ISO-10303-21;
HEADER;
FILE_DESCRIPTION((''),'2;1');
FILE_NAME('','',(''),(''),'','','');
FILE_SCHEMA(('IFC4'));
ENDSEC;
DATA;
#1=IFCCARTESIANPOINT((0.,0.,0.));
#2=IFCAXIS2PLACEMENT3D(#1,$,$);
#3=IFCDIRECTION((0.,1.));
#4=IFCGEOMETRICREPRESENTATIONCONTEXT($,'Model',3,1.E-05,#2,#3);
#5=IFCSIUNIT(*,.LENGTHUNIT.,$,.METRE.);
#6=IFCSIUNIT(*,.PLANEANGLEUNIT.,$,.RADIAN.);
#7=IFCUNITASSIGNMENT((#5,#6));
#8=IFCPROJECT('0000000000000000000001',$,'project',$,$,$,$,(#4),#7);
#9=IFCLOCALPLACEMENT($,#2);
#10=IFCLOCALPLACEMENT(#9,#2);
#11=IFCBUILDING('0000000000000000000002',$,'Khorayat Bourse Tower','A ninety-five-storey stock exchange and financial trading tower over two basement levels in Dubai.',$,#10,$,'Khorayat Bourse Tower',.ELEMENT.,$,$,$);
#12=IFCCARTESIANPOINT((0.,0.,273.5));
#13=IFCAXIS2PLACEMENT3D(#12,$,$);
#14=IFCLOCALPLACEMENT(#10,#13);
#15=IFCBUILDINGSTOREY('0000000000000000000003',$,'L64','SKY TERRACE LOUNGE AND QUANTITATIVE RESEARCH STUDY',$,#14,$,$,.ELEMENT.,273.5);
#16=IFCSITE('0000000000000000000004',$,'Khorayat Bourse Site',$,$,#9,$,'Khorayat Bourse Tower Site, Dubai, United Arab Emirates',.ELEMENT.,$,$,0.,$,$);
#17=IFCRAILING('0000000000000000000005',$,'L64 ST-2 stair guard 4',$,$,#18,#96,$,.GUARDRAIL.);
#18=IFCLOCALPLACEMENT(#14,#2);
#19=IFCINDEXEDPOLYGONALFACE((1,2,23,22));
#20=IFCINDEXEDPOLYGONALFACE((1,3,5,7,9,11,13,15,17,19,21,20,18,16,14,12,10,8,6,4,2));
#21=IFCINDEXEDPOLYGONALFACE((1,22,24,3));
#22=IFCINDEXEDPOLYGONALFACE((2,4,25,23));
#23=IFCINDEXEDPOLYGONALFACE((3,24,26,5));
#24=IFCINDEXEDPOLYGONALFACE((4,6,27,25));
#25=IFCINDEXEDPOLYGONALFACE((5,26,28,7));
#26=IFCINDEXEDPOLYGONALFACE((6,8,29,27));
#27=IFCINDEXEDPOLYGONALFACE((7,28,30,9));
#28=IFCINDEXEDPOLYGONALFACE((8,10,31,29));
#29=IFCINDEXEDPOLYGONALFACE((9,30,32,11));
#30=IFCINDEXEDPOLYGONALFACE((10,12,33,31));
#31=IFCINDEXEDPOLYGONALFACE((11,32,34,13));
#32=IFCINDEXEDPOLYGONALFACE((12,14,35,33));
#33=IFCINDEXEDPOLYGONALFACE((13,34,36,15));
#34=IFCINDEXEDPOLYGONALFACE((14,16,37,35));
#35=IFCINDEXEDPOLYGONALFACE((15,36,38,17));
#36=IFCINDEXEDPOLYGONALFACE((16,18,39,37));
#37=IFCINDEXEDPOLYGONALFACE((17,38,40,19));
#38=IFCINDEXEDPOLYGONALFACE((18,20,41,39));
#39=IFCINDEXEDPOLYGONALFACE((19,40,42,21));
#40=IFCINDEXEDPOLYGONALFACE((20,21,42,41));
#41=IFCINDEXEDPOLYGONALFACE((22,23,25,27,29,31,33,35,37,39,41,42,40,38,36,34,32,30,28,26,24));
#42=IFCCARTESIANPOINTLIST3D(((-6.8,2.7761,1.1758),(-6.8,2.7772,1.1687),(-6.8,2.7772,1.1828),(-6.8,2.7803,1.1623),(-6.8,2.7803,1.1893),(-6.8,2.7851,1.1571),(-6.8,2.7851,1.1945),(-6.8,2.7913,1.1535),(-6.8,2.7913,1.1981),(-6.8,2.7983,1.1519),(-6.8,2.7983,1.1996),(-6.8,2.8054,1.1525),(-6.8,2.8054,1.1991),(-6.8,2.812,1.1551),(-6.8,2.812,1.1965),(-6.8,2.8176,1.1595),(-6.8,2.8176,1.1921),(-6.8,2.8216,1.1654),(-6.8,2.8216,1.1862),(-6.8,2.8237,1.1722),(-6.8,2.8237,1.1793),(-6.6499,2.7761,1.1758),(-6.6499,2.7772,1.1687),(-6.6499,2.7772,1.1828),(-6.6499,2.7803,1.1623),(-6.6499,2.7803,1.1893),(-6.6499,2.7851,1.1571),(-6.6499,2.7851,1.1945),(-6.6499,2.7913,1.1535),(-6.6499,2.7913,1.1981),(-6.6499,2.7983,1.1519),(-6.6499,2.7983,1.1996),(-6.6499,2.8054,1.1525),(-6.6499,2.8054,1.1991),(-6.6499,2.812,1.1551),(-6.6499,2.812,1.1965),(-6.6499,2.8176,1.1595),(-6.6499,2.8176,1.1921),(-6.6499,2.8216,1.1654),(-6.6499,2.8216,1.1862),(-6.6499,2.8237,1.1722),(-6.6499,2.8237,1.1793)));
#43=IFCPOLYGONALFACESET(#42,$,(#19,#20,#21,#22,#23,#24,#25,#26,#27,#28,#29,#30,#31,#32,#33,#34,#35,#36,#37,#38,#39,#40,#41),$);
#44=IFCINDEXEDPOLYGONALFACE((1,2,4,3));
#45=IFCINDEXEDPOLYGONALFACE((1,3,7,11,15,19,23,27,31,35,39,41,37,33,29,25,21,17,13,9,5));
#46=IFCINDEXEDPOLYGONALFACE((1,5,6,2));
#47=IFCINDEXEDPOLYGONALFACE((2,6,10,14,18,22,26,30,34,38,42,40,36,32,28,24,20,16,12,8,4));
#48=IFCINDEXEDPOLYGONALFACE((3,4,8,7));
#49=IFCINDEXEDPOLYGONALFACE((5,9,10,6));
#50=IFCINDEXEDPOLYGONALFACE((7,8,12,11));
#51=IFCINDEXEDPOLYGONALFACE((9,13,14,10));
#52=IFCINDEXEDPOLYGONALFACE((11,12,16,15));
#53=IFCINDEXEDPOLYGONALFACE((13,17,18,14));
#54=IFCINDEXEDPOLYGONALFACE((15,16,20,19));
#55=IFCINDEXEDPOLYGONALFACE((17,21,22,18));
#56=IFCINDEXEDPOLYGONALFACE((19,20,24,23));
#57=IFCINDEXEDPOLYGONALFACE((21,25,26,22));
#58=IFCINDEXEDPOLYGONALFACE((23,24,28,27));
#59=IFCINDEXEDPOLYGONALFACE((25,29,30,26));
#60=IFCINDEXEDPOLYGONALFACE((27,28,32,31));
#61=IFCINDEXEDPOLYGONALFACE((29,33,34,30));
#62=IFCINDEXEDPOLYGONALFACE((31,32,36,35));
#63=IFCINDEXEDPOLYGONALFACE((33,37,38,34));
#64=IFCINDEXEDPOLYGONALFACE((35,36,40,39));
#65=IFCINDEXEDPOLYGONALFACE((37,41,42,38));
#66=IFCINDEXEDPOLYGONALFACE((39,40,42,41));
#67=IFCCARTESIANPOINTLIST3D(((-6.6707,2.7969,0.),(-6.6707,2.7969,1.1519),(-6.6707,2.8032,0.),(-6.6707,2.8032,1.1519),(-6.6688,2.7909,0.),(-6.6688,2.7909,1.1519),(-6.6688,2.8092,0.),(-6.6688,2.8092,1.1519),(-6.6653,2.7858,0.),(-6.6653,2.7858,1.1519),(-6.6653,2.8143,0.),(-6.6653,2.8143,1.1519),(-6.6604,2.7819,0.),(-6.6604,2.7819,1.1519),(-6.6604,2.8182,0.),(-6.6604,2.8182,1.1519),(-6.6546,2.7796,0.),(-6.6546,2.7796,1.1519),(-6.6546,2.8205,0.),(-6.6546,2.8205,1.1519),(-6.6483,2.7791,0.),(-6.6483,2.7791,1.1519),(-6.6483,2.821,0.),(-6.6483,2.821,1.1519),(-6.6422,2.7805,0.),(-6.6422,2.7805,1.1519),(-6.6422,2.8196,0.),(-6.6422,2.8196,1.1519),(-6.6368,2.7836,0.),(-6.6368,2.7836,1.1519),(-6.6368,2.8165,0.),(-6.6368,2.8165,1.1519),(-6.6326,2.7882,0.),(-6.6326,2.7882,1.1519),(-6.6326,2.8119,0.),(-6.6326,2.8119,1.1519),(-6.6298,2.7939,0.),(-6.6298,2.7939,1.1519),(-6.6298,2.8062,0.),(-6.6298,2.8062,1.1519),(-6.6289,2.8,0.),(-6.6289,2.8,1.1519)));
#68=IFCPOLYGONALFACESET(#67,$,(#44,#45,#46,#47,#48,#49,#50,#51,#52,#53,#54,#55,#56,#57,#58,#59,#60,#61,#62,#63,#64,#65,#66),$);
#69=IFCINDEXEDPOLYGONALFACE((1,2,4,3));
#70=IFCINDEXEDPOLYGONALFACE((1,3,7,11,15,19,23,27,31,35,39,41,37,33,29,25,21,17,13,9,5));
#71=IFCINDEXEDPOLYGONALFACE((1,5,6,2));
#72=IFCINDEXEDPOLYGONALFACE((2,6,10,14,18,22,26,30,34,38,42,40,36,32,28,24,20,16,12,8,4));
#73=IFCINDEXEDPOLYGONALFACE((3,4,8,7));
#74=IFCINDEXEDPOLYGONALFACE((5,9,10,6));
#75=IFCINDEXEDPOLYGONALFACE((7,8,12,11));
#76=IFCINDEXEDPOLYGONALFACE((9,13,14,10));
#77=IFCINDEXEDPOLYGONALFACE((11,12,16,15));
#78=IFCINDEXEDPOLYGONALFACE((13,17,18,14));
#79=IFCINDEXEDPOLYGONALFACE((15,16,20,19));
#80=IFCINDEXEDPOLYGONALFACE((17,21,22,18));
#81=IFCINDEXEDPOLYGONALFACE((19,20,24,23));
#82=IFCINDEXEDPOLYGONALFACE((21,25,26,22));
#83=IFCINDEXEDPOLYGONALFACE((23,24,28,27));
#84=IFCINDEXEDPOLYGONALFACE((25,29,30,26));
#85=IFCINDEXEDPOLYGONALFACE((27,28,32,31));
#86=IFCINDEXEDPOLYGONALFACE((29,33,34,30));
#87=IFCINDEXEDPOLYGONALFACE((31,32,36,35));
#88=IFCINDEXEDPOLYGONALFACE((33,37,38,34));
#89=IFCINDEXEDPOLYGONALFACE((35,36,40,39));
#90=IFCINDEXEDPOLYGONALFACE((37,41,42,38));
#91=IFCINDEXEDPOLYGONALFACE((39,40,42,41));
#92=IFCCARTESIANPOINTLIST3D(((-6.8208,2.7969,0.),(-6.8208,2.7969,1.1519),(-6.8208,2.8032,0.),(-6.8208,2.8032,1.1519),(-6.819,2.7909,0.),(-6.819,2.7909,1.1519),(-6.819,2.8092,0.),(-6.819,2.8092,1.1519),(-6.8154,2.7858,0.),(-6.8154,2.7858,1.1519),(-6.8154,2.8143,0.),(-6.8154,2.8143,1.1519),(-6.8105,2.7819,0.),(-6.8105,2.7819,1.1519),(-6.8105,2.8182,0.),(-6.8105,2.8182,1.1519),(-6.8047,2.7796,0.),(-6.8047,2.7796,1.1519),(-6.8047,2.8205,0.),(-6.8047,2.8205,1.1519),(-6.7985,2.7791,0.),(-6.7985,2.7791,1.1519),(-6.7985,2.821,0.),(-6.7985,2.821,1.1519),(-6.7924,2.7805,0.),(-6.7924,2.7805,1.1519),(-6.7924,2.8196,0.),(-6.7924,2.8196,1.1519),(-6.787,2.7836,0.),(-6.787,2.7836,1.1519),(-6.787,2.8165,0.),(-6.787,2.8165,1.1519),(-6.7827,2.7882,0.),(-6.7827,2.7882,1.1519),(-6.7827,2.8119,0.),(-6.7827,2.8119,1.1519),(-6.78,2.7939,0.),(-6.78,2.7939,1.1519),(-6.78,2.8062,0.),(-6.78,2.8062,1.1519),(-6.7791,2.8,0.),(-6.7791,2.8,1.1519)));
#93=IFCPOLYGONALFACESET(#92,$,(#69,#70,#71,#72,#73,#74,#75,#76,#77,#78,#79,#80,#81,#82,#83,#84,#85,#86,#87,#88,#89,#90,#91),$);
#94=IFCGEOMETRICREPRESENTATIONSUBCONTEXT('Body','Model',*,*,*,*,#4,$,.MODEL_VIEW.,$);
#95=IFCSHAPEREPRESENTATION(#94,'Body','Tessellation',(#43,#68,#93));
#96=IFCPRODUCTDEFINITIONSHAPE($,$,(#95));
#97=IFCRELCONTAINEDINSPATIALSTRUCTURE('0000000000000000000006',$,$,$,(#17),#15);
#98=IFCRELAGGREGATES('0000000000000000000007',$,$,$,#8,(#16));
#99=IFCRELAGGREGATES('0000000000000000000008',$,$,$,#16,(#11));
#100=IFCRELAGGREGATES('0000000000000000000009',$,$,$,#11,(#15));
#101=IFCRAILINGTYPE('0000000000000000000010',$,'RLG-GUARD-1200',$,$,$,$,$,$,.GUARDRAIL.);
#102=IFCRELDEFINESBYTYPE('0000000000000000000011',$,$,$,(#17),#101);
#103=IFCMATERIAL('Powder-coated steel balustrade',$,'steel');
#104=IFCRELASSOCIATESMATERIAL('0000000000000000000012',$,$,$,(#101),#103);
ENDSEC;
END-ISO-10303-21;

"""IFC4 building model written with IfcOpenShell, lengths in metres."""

from ifc_helpers import new_model, si_unit, direction, frame, origin, origin_2d, place, context, subcontext, project, spatial, circle, extrude, source, transform, mapped, material, type_object, element, save


model = new_model("IFC4")

# Units and contexts
model_context = context("Model", 3, precision=1e-05, world=origin(), true_north=direction((0.0, 1.0)))
body_context = subcontext(model_context, "Body", "Model", "MODEL_VIEW")
ifc_project = project(units=[si_unit("LENGTHUNIT", "METRE"), si_unit("PLANEANGLEUNIT", "RADIAN")], contexts=[model_context])

# Site, building, storey
site_placement = place(None, origin())
site = spatial("IfcSite", under=ifc_project, at=site_placement, Name="Khorayat Bourse Site", LongName="Khorayat Bourse Tower Site, Dubai, United Arab Emirates", CompositionType="ELEMENT", RefElevation=0.0)
building_placement = place(site_placement, origin())
building = spatial("IfcBuilding", under=site, at=building_placement, Name="Khorayat Bourse Tower", Description="A ninety-five-storey stock exchange and financial trading tower over two basement levels in Dubai.", LongName="Khorayat Bourse Tower", CompositionType="ELEMENT")
storey_placement = place(building_placement, frame((0.0, 0.0, 273.5)))
storey = spatial("IfcBuildingStorey", under=building, at=storey_placement, Name="L64", Description="SKY TERRACE LOUNGE AND QUANTITATIVE RESEARCH STUDY", CompositionType="ELEMENT", Elevation=273.5)

# Railing
ifc_material_1 = material(Name="Powder-coated steel balustrade", Category="steel")
railing_type_1 = type_object("IfcRailingType", Name="RLG-GUARD-1200", PredefinedType="GUARDRAIL", material=ifc_material_1)
shared_shape_1 = source(origin(), body_context, "Body", "SweptSolid", [
    extrude(circle(Radius=0.0239, at=origin_2d()), frame((0.0, 0.0, 1.1758), z_axis=(-1.0, 0.0, 0.0), x_axis=(0.0, -1.0, 0.0)), (0.0, 0.0, 1.0), 0.1501),
    extrude(circle(Radius=0.021, at=origin_2d()), origin(), (0.0, 0.0, 1.0), 1.1519),
    extrude(circle(Radius=0.021, at=origin_2d()), frame((-0.1501, 0.0, 0.0)), (0.0, 0.0, 1.0), 1.1519),
])
for number, where, name in (
    (1, (-6.6499, 2.8, 0.0), "L64 ST-2 stair guard 4"),
):
    element("IfcRailing", number, at=place(storey_placement, frame(where)), inside=storey, type_object=railing_type_1, Name=name, PredefinedType="GUARDRAIL", context=body_context, shape_type="MappedRepresentation", body=[
        mapped(shared_shape_1, transform((0.0, 0.0, 0.0), scale=1.0)),
    ])

save(model, "model.ifc")
